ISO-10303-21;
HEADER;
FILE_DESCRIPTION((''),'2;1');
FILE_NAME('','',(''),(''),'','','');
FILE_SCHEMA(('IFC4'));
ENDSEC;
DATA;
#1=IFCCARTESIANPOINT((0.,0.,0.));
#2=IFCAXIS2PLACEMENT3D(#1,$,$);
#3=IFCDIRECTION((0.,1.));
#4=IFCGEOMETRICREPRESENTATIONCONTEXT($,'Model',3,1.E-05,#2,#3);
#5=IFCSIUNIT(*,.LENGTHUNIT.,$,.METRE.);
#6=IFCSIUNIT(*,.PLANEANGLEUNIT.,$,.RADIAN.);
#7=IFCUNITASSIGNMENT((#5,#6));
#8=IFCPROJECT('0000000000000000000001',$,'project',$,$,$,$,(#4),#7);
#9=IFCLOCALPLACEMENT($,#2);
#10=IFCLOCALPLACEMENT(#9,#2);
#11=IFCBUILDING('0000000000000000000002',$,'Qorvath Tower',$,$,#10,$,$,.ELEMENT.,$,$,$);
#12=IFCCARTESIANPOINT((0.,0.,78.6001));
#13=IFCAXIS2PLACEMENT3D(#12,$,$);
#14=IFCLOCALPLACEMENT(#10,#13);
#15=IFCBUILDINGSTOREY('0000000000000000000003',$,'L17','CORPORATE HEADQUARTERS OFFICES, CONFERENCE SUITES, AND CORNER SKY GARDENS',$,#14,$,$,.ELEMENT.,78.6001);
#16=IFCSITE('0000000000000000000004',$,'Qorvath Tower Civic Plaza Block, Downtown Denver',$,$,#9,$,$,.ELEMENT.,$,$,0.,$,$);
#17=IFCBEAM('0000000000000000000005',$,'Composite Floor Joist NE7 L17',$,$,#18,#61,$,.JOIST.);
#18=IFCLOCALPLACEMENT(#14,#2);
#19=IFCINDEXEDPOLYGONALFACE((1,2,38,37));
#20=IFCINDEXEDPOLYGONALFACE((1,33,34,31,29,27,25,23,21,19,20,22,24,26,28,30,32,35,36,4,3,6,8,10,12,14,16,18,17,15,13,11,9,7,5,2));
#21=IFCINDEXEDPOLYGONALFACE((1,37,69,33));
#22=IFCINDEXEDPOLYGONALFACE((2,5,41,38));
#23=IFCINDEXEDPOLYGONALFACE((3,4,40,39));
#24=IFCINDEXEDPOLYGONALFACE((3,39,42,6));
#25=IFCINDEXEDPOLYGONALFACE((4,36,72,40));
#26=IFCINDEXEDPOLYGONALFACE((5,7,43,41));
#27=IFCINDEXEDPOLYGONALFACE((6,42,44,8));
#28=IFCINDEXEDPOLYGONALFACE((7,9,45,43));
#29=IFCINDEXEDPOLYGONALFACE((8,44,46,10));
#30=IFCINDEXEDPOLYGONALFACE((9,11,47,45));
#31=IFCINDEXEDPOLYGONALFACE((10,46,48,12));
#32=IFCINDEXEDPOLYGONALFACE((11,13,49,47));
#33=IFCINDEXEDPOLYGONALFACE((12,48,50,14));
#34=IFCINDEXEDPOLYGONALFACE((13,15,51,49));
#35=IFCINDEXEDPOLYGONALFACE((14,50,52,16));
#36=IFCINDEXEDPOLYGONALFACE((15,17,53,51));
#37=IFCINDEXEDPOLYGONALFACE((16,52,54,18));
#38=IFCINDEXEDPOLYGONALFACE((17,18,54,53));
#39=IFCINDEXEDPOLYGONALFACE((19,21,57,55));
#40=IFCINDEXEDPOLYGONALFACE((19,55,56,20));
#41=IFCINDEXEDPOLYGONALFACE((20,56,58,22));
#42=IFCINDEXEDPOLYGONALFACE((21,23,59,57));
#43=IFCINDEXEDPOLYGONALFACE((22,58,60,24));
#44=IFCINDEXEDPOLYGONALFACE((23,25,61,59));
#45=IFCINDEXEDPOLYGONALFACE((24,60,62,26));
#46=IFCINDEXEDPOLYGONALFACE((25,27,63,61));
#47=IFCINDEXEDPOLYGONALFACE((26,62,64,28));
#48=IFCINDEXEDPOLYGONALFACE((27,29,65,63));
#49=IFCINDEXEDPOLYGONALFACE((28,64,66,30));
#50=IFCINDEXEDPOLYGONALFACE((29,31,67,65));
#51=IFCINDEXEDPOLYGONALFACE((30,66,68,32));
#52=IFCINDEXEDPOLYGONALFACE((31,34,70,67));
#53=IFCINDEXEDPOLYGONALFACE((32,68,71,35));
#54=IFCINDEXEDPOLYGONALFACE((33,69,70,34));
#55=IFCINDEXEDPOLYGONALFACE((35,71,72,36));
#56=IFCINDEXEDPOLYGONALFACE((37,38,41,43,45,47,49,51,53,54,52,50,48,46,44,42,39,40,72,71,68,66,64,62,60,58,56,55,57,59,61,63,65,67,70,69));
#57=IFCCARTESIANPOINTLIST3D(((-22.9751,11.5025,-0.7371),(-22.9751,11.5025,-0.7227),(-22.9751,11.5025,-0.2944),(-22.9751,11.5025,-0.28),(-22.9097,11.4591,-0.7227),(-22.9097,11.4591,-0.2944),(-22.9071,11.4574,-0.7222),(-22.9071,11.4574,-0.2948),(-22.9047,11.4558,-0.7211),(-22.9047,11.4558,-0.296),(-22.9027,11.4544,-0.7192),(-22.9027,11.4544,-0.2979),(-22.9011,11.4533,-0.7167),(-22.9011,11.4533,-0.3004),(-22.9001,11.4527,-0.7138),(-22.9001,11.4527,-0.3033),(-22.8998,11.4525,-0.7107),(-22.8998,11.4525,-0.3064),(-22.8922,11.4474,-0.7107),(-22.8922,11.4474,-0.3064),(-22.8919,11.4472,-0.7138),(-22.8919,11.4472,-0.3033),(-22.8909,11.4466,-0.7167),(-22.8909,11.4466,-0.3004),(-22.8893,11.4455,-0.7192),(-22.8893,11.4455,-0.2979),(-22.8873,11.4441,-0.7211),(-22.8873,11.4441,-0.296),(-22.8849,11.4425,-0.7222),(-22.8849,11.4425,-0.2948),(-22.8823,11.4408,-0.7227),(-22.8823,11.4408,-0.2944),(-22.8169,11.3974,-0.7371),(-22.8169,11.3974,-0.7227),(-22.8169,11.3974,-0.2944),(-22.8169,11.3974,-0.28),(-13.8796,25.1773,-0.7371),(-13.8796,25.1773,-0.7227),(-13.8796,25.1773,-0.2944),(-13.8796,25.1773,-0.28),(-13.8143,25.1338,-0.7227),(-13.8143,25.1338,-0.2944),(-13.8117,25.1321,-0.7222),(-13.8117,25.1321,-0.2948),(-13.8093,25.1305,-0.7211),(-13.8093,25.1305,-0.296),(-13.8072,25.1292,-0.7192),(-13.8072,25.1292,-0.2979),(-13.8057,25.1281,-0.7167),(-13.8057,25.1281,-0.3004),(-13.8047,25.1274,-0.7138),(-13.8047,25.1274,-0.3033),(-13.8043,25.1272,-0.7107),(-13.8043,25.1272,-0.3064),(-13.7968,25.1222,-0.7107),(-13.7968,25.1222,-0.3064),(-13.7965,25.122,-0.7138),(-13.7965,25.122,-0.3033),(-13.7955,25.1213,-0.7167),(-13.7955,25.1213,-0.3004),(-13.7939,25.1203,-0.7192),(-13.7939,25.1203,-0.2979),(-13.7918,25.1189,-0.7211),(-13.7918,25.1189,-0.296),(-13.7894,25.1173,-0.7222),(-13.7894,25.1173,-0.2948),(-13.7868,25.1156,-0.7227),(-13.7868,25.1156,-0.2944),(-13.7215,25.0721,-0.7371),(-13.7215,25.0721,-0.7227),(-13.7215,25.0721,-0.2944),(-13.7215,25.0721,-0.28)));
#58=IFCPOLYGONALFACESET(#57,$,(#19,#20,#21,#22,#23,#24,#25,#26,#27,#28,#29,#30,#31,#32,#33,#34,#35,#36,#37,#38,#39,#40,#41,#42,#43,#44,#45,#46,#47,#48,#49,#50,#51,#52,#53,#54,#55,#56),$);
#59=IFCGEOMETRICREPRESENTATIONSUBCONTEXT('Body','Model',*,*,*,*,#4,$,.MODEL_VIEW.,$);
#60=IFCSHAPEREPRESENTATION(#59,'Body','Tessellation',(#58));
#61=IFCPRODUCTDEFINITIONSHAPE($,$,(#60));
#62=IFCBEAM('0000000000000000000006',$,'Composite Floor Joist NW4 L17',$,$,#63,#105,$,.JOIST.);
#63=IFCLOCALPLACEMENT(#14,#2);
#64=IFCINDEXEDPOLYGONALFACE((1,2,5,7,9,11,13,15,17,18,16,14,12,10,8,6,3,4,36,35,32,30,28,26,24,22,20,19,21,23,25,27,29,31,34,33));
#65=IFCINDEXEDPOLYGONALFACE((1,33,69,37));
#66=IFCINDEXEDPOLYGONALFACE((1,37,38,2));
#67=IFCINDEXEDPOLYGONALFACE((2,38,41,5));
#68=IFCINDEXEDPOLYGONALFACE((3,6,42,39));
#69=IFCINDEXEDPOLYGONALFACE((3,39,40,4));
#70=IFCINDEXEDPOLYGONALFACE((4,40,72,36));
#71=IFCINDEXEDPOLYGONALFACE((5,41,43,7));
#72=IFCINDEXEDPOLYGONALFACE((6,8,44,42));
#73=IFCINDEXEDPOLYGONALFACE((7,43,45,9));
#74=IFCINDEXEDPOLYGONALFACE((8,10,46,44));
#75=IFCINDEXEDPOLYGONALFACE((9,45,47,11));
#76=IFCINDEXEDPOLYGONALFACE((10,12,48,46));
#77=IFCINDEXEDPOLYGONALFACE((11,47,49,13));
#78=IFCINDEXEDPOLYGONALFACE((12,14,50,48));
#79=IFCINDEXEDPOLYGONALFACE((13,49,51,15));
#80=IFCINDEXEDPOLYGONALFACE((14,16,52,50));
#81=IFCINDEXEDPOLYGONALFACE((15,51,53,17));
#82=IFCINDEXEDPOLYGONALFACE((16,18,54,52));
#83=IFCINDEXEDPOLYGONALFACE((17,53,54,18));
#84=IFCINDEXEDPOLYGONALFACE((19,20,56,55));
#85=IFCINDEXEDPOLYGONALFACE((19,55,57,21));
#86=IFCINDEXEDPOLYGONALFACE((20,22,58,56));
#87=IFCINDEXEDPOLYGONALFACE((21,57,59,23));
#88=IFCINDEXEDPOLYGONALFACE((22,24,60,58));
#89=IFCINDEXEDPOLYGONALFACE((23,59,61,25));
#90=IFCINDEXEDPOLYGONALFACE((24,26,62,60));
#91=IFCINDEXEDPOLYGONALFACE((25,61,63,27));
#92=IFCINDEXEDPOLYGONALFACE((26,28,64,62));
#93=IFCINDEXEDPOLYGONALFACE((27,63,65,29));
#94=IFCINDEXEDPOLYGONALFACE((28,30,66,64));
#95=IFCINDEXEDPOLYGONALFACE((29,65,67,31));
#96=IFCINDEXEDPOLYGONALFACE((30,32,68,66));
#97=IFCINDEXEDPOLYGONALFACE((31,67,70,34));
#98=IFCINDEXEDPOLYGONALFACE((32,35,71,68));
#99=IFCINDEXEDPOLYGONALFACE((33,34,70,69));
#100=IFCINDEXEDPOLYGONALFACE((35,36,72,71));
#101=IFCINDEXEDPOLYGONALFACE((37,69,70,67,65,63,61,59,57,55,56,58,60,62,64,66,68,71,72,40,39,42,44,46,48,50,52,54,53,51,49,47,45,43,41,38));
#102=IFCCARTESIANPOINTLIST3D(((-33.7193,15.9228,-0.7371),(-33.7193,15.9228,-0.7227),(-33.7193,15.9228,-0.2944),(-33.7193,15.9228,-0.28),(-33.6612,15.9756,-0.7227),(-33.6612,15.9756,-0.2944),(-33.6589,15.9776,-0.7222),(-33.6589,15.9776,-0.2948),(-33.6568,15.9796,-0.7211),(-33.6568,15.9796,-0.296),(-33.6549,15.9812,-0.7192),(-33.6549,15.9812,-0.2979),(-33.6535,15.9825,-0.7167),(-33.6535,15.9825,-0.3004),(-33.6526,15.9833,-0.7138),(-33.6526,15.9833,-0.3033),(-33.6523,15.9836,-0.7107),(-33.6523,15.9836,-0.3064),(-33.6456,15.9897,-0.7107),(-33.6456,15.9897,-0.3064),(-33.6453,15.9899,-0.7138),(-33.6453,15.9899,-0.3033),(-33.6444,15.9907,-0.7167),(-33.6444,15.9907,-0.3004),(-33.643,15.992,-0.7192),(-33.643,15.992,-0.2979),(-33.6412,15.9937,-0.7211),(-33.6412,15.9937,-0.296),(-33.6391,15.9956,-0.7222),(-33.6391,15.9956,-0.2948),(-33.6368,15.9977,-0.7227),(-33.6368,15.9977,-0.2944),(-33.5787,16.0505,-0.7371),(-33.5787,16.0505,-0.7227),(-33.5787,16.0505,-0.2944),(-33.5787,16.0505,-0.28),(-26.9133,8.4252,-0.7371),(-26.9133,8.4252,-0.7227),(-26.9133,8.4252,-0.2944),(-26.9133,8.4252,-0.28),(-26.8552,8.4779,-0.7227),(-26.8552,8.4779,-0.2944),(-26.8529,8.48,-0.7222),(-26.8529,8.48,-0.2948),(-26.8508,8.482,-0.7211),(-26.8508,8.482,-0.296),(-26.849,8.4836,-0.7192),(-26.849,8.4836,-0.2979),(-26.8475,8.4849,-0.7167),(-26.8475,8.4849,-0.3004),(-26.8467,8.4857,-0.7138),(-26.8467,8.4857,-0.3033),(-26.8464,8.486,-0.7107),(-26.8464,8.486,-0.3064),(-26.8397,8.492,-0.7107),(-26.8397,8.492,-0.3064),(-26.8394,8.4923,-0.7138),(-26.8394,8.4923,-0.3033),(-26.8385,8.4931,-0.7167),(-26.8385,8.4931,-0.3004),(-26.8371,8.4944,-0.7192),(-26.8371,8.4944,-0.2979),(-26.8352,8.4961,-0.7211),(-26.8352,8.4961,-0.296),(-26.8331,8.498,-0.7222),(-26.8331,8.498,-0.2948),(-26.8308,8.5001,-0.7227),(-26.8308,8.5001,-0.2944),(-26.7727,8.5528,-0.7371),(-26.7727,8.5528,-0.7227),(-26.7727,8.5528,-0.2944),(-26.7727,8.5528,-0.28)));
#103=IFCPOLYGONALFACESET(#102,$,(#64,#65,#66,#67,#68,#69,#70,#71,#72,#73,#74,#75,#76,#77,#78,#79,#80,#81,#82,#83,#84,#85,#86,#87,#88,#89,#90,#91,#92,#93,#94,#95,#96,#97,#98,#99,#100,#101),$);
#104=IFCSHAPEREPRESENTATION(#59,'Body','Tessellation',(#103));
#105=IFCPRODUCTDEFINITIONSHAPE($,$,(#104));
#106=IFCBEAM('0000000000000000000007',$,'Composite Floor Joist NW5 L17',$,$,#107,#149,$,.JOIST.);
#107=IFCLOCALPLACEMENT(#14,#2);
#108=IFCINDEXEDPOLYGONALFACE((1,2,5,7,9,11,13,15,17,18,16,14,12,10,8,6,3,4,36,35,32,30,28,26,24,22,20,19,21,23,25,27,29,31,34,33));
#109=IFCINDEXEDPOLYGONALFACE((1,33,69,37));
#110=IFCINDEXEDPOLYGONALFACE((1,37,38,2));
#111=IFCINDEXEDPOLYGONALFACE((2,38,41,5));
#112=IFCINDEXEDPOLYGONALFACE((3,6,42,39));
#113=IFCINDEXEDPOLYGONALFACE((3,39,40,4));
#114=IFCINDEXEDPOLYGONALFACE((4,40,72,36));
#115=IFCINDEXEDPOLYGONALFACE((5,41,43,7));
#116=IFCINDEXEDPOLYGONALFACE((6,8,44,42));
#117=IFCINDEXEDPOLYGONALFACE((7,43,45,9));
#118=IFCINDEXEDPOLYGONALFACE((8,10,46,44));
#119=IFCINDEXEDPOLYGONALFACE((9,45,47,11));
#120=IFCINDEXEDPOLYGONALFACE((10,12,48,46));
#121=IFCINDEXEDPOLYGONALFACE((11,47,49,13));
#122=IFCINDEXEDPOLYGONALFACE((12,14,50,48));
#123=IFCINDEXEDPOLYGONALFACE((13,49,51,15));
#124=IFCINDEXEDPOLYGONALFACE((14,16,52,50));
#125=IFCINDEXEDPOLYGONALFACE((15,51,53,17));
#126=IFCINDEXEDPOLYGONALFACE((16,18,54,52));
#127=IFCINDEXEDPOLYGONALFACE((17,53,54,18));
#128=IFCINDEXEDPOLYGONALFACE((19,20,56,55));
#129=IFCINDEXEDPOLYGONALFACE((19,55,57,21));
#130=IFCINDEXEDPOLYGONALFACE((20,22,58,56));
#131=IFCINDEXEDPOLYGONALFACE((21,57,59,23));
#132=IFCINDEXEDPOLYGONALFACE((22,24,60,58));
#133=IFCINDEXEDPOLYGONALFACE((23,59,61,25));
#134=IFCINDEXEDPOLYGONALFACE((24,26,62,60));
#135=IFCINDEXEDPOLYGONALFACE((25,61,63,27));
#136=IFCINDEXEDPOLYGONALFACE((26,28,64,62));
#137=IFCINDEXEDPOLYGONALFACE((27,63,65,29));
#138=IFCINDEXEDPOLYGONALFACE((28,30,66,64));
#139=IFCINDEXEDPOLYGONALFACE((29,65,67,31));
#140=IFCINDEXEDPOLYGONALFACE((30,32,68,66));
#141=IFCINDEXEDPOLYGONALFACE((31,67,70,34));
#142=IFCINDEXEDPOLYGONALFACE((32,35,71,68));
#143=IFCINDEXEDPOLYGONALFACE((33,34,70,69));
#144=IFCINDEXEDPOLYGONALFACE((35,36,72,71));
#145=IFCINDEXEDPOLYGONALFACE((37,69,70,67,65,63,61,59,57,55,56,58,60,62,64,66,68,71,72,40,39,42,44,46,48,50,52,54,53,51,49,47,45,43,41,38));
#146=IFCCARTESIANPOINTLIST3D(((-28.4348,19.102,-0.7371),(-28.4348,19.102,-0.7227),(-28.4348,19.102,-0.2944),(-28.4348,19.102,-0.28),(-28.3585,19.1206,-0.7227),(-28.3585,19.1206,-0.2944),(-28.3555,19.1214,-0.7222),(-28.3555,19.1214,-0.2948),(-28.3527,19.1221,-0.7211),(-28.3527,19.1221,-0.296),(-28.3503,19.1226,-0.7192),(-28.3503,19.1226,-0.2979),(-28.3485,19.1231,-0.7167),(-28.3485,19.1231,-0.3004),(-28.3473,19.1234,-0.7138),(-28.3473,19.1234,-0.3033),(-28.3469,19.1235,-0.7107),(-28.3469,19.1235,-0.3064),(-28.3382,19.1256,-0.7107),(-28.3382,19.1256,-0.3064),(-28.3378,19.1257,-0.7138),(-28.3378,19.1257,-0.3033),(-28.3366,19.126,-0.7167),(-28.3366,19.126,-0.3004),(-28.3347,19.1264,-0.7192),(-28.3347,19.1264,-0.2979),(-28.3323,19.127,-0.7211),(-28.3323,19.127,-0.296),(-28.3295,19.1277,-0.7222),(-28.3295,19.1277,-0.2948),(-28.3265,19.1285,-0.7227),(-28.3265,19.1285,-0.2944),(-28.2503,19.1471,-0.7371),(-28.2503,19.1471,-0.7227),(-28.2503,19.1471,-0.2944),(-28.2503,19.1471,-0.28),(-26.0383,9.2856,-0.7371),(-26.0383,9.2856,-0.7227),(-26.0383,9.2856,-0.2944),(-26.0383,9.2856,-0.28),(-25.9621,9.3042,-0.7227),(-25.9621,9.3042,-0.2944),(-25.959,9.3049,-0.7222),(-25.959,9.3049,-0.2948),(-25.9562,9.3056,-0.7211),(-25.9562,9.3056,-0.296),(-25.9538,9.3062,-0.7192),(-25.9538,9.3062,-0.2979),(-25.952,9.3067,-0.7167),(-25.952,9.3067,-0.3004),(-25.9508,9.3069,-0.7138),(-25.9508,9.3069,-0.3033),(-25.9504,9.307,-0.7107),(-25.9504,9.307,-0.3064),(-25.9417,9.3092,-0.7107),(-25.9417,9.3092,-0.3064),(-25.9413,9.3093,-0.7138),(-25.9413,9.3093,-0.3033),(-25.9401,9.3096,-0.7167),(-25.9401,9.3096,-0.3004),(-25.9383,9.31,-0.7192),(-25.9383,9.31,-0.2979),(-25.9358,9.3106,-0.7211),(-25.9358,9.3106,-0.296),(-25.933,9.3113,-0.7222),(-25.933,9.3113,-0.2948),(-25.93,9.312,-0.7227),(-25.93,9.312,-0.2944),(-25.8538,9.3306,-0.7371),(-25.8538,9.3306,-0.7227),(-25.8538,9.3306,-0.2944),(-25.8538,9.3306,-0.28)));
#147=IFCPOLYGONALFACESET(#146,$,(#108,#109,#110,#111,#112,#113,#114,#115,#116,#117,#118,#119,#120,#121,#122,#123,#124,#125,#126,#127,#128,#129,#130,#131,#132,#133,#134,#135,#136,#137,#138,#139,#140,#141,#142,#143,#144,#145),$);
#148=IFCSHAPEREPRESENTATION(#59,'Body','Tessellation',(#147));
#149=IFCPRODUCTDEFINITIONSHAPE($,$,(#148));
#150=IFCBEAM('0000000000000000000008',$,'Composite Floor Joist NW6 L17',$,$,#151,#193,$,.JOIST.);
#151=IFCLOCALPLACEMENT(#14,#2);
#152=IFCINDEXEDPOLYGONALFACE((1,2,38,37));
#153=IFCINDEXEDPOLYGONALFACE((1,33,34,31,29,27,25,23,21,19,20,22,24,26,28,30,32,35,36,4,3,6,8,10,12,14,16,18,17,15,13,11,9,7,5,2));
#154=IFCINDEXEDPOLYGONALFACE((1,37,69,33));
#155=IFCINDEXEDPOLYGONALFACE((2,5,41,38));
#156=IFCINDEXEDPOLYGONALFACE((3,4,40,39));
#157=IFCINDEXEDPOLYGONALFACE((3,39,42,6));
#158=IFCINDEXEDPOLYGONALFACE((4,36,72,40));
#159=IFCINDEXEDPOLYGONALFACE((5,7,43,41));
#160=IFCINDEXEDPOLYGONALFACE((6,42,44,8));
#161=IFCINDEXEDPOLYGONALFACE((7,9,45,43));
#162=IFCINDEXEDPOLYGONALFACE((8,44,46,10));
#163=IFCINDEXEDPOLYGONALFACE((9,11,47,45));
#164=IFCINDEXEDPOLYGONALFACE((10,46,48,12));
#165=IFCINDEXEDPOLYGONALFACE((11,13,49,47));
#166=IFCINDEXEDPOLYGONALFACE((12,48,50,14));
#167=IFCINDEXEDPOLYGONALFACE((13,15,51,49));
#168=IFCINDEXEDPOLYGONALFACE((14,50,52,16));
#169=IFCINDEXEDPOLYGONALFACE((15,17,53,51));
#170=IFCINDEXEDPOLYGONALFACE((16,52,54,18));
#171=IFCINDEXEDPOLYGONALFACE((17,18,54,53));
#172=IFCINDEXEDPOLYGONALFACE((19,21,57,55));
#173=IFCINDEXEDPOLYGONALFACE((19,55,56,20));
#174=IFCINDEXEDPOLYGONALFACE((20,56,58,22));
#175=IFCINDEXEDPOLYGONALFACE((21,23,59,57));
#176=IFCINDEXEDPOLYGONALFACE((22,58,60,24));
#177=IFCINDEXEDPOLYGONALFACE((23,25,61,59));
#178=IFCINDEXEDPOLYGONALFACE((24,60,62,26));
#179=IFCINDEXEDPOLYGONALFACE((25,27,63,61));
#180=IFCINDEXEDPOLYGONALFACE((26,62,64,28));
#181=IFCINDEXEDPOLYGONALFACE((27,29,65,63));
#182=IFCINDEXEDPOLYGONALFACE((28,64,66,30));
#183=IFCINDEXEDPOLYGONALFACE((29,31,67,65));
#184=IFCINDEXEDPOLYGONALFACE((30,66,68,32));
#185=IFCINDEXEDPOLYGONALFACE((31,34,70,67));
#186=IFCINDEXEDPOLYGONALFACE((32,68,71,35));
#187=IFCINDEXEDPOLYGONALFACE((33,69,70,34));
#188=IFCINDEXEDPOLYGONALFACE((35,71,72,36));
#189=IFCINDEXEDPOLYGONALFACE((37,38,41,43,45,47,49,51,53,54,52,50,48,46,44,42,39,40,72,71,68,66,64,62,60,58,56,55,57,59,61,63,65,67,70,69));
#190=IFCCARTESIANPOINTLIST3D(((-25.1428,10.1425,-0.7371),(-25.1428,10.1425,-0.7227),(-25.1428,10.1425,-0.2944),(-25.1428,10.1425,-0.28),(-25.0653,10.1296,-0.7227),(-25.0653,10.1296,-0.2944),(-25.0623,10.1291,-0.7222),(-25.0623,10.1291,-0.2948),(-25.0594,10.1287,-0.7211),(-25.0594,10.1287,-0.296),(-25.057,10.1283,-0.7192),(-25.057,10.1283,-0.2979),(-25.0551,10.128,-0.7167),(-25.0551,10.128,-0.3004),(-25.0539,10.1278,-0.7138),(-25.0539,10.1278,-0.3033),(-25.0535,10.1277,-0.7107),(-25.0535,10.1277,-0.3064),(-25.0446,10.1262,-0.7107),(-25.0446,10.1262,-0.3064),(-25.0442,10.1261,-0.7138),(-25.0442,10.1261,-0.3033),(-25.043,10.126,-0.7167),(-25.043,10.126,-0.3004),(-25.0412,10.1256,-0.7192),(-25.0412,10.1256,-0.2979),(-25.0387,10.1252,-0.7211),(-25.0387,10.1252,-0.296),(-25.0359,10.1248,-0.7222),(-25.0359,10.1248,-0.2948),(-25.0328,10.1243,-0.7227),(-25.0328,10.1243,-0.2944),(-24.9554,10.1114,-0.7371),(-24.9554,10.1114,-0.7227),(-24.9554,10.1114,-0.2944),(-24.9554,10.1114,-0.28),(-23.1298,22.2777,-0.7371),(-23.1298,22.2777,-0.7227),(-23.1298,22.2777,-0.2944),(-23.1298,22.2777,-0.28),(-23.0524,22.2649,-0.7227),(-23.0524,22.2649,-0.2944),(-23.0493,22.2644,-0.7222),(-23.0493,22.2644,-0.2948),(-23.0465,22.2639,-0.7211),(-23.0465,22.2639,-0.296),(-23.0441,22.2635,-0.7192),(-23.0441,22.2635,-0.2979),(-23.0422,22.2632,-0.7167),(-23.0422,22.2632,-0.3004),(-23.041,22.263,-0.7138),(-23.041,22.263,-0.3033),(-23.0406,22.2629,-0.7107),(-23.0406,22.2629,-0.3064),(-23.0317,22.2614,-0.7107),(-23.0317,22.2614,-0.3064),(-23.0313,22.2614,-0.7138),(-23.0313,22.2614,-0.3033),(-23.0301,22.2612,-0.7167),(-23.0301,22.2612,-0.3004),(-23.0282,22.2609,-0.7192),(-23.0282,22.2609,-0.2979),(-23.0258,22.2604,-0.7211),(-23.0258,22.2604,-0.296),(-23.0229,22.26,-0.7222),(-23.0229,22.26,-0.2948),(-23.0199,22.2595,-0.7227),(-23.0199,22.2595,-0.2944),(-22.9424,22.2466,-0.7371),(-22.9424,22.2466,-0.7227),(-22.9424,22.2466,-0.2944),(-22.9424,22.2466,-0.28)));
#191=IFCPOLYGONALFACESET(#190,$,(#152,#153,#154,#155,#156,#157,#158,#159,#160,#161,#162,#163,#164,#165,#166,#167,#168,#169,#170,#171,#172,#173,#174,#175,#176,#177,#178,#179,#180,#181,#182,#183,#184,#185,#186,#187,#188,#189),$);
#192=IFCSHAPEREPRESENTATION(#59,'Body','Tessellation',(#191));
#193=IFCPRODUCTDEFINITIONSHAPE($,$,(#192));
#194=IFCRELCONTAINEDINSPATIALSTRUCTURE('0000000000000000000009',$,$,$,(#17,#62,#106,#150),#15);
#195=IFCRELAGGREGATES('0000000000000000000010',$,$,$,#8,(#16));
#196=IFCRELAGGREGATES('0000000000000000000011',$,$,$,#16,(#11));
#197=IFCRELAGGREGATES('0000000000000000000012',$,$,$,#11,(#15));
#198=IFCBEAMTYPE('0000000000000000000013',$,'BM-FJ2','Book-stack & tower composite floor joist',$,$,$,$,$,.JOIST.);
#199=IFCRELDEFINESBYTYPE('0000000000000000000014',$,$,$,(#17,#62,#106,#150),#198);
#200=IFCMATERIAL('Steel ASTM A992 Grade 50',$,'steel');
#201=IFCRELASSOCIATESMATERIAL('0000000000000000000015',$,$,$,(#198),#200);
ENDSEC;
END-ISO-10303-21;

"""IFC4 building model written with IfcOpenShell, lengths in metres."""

from ifc_helpers import new_model, si_unit, direction, frame, origin, origin_2d, place, context, subcontext, project, spatial, i_section, extrude, material, material_profile, profile_set, type_object, element, save


model = new_model("IFC4")

# Units and contexts
model_context = context("Model", 3, precision=1e-05, world=origin(), true_north=direction((0.0, 1.0)))
body_context = subcontext(model_context, "Body", "Model", "MODEL_VIEW")
ifc_project = project(units=[si_unit("LENGTHUNIT", "METRE"), si_unit("PLANEANGLEUNIT", "RADIAN")], contexts=[model_context])

# Site, building, storey
site_placement = place(None, origin())
site = spatial("IfcSite", under=ifc_project, at=site_placement, Name="Qorvath Tower Civic Plaza Block, Downtown Denver", CompositionType="ELEMENT", RefElevation=0.0)
building_placement = place(site_placement, origin())
building = spatial("IfcBuilding", under=site, at=building_placement, Name="Qorvath Tower", CompositionType="ELEMENT")
storey_placement = place(building_placement, frame((0.0, 0.0, 78.6001)))
storey = spatial("IfcBuildingStorey", under=building, at=storey_placement, Name="L17", Description="CORPORATE HEADQUARTERS OFFICES, CONFERENCE SUITES, AND CORNER SKY GARDENS", CompositionType="ELEMENT", Elevation=78.6001)

# Beams
ifc_material_1 = material(Name="Steel ASTM A992 Grade 50", Category="steel")
ifc_material_profile_1 = material_profile(ifc_material_1, i_section(OverallWidth=0.1899, OverallDepth=0.457, WebThickness=0.009, FlangeThickness=0.0144, FilletRadius=0.012, at=origin_2d()), Name="W18x50")
ifc_profile_set_1 = profile_set([ifc_material_profile_1], Name="Steel ASTM A992 Grade 50")
beam_type_1 = type_object("IfcBeamType", Name="BM-FJ2", Description="Book-stack & tower composite floor joist", PredefinedType="JOIST", material=ifc_profile_set_1)
beam_1_placement = place(storey_placement, frame((-22.896, 11.45, -0.5085), z_axis=(0.553811, 0.832642, 0.0), x_axis=(-0.832642, 0.553811, 0.0)))
element("IfcBeam", 1, at=beam_1_placement, inside=storey, type_object=beam_type_1, Name="Composite Floor Joist NE7 L17", PredefinedType="JOIST", context=body_context, shape_type="SweptSolid", body=[
    extrude(i_section(OverallWidth=0.1899, OverallDepth=0.457, WebThickness=0.009, FlangeThickness=0.0144, FilletRadius=0.012, at=origin_2d()), origin(), (0.0, 0.0, 1.0), 16.4233),
])
beam_2_placement = place(storey_placement, frame((-26.843, 8.489, -0.5085), z_axis=(-0.672129, 0.740434, 0.0), x_axis=(-0.740434, -0.672129, 0.0)))
element("IfcBeam", 2, at=beam_2_placement, inside=storey, type_object=beam_type_1, Name="Composite Floor Joist NW4 L17", PredefinedType="JOIST", context=body_context, shape_type="SweptSolid", body=[
    extrude(i_section(OverallWidth=0.1899, OverallDepth=0.457, WebThickness=0.009, FlangeThickness=0.0144, FilletRadius=0.012, at=origin_2d()), origin(), (0.0, 0.0, 1.0), 10.126),
])
beam_3_placement = place(storey_placement, frame((-25.946, 9.3081, -0.5085), z_axis=(-0.237165, 0.971469, 0.0), x_axis=(-0.971469, -0.237165, 0.0)))
element("IfcBeam", 3, at=beam_3_placement, inside=storey, type_object=beam_type_1, Name="Composite Floor Joist NW5 L17", PredefinedType="JOIST", context=body_context, shape_type="SweptSolid", body=[
    extrude(i_section(OverallWidth=0.1899, OverallDepth=0.457, WebThickness=0.009, FlangeThickness=0.0144, FilletRadius=0.012, at=origin_2d()), origin(), (0.0, 0.0, 1.0), 10.1047),
])
beam_4_placement = place(storey_placement, frame((-25.0491, 10.127, -0.5085), z_axis=(0.163639, 0.98652, 0.0), x_axis=(-0.98652, 0.163639, 0.0)))
element("IfcBeam", 4, at=beam_4_placement, inside=storey, type_object=beam_type_1, Name="Composite Floor Joist NW6 L17", PredefinedType="JOIST", context=body_context, shape_type="SweptSolid", body=[
    extrude(i_section(OverallWidth=0.1899, OverallDepth=0.457, WebThickness=0.009, FlangeThickness=0.0144, FilletRadius=0.012, at=origin_2d()), origin(), (0.0, 0.0, 1.0), 12.301),
])

save(model, "model.ifc")
